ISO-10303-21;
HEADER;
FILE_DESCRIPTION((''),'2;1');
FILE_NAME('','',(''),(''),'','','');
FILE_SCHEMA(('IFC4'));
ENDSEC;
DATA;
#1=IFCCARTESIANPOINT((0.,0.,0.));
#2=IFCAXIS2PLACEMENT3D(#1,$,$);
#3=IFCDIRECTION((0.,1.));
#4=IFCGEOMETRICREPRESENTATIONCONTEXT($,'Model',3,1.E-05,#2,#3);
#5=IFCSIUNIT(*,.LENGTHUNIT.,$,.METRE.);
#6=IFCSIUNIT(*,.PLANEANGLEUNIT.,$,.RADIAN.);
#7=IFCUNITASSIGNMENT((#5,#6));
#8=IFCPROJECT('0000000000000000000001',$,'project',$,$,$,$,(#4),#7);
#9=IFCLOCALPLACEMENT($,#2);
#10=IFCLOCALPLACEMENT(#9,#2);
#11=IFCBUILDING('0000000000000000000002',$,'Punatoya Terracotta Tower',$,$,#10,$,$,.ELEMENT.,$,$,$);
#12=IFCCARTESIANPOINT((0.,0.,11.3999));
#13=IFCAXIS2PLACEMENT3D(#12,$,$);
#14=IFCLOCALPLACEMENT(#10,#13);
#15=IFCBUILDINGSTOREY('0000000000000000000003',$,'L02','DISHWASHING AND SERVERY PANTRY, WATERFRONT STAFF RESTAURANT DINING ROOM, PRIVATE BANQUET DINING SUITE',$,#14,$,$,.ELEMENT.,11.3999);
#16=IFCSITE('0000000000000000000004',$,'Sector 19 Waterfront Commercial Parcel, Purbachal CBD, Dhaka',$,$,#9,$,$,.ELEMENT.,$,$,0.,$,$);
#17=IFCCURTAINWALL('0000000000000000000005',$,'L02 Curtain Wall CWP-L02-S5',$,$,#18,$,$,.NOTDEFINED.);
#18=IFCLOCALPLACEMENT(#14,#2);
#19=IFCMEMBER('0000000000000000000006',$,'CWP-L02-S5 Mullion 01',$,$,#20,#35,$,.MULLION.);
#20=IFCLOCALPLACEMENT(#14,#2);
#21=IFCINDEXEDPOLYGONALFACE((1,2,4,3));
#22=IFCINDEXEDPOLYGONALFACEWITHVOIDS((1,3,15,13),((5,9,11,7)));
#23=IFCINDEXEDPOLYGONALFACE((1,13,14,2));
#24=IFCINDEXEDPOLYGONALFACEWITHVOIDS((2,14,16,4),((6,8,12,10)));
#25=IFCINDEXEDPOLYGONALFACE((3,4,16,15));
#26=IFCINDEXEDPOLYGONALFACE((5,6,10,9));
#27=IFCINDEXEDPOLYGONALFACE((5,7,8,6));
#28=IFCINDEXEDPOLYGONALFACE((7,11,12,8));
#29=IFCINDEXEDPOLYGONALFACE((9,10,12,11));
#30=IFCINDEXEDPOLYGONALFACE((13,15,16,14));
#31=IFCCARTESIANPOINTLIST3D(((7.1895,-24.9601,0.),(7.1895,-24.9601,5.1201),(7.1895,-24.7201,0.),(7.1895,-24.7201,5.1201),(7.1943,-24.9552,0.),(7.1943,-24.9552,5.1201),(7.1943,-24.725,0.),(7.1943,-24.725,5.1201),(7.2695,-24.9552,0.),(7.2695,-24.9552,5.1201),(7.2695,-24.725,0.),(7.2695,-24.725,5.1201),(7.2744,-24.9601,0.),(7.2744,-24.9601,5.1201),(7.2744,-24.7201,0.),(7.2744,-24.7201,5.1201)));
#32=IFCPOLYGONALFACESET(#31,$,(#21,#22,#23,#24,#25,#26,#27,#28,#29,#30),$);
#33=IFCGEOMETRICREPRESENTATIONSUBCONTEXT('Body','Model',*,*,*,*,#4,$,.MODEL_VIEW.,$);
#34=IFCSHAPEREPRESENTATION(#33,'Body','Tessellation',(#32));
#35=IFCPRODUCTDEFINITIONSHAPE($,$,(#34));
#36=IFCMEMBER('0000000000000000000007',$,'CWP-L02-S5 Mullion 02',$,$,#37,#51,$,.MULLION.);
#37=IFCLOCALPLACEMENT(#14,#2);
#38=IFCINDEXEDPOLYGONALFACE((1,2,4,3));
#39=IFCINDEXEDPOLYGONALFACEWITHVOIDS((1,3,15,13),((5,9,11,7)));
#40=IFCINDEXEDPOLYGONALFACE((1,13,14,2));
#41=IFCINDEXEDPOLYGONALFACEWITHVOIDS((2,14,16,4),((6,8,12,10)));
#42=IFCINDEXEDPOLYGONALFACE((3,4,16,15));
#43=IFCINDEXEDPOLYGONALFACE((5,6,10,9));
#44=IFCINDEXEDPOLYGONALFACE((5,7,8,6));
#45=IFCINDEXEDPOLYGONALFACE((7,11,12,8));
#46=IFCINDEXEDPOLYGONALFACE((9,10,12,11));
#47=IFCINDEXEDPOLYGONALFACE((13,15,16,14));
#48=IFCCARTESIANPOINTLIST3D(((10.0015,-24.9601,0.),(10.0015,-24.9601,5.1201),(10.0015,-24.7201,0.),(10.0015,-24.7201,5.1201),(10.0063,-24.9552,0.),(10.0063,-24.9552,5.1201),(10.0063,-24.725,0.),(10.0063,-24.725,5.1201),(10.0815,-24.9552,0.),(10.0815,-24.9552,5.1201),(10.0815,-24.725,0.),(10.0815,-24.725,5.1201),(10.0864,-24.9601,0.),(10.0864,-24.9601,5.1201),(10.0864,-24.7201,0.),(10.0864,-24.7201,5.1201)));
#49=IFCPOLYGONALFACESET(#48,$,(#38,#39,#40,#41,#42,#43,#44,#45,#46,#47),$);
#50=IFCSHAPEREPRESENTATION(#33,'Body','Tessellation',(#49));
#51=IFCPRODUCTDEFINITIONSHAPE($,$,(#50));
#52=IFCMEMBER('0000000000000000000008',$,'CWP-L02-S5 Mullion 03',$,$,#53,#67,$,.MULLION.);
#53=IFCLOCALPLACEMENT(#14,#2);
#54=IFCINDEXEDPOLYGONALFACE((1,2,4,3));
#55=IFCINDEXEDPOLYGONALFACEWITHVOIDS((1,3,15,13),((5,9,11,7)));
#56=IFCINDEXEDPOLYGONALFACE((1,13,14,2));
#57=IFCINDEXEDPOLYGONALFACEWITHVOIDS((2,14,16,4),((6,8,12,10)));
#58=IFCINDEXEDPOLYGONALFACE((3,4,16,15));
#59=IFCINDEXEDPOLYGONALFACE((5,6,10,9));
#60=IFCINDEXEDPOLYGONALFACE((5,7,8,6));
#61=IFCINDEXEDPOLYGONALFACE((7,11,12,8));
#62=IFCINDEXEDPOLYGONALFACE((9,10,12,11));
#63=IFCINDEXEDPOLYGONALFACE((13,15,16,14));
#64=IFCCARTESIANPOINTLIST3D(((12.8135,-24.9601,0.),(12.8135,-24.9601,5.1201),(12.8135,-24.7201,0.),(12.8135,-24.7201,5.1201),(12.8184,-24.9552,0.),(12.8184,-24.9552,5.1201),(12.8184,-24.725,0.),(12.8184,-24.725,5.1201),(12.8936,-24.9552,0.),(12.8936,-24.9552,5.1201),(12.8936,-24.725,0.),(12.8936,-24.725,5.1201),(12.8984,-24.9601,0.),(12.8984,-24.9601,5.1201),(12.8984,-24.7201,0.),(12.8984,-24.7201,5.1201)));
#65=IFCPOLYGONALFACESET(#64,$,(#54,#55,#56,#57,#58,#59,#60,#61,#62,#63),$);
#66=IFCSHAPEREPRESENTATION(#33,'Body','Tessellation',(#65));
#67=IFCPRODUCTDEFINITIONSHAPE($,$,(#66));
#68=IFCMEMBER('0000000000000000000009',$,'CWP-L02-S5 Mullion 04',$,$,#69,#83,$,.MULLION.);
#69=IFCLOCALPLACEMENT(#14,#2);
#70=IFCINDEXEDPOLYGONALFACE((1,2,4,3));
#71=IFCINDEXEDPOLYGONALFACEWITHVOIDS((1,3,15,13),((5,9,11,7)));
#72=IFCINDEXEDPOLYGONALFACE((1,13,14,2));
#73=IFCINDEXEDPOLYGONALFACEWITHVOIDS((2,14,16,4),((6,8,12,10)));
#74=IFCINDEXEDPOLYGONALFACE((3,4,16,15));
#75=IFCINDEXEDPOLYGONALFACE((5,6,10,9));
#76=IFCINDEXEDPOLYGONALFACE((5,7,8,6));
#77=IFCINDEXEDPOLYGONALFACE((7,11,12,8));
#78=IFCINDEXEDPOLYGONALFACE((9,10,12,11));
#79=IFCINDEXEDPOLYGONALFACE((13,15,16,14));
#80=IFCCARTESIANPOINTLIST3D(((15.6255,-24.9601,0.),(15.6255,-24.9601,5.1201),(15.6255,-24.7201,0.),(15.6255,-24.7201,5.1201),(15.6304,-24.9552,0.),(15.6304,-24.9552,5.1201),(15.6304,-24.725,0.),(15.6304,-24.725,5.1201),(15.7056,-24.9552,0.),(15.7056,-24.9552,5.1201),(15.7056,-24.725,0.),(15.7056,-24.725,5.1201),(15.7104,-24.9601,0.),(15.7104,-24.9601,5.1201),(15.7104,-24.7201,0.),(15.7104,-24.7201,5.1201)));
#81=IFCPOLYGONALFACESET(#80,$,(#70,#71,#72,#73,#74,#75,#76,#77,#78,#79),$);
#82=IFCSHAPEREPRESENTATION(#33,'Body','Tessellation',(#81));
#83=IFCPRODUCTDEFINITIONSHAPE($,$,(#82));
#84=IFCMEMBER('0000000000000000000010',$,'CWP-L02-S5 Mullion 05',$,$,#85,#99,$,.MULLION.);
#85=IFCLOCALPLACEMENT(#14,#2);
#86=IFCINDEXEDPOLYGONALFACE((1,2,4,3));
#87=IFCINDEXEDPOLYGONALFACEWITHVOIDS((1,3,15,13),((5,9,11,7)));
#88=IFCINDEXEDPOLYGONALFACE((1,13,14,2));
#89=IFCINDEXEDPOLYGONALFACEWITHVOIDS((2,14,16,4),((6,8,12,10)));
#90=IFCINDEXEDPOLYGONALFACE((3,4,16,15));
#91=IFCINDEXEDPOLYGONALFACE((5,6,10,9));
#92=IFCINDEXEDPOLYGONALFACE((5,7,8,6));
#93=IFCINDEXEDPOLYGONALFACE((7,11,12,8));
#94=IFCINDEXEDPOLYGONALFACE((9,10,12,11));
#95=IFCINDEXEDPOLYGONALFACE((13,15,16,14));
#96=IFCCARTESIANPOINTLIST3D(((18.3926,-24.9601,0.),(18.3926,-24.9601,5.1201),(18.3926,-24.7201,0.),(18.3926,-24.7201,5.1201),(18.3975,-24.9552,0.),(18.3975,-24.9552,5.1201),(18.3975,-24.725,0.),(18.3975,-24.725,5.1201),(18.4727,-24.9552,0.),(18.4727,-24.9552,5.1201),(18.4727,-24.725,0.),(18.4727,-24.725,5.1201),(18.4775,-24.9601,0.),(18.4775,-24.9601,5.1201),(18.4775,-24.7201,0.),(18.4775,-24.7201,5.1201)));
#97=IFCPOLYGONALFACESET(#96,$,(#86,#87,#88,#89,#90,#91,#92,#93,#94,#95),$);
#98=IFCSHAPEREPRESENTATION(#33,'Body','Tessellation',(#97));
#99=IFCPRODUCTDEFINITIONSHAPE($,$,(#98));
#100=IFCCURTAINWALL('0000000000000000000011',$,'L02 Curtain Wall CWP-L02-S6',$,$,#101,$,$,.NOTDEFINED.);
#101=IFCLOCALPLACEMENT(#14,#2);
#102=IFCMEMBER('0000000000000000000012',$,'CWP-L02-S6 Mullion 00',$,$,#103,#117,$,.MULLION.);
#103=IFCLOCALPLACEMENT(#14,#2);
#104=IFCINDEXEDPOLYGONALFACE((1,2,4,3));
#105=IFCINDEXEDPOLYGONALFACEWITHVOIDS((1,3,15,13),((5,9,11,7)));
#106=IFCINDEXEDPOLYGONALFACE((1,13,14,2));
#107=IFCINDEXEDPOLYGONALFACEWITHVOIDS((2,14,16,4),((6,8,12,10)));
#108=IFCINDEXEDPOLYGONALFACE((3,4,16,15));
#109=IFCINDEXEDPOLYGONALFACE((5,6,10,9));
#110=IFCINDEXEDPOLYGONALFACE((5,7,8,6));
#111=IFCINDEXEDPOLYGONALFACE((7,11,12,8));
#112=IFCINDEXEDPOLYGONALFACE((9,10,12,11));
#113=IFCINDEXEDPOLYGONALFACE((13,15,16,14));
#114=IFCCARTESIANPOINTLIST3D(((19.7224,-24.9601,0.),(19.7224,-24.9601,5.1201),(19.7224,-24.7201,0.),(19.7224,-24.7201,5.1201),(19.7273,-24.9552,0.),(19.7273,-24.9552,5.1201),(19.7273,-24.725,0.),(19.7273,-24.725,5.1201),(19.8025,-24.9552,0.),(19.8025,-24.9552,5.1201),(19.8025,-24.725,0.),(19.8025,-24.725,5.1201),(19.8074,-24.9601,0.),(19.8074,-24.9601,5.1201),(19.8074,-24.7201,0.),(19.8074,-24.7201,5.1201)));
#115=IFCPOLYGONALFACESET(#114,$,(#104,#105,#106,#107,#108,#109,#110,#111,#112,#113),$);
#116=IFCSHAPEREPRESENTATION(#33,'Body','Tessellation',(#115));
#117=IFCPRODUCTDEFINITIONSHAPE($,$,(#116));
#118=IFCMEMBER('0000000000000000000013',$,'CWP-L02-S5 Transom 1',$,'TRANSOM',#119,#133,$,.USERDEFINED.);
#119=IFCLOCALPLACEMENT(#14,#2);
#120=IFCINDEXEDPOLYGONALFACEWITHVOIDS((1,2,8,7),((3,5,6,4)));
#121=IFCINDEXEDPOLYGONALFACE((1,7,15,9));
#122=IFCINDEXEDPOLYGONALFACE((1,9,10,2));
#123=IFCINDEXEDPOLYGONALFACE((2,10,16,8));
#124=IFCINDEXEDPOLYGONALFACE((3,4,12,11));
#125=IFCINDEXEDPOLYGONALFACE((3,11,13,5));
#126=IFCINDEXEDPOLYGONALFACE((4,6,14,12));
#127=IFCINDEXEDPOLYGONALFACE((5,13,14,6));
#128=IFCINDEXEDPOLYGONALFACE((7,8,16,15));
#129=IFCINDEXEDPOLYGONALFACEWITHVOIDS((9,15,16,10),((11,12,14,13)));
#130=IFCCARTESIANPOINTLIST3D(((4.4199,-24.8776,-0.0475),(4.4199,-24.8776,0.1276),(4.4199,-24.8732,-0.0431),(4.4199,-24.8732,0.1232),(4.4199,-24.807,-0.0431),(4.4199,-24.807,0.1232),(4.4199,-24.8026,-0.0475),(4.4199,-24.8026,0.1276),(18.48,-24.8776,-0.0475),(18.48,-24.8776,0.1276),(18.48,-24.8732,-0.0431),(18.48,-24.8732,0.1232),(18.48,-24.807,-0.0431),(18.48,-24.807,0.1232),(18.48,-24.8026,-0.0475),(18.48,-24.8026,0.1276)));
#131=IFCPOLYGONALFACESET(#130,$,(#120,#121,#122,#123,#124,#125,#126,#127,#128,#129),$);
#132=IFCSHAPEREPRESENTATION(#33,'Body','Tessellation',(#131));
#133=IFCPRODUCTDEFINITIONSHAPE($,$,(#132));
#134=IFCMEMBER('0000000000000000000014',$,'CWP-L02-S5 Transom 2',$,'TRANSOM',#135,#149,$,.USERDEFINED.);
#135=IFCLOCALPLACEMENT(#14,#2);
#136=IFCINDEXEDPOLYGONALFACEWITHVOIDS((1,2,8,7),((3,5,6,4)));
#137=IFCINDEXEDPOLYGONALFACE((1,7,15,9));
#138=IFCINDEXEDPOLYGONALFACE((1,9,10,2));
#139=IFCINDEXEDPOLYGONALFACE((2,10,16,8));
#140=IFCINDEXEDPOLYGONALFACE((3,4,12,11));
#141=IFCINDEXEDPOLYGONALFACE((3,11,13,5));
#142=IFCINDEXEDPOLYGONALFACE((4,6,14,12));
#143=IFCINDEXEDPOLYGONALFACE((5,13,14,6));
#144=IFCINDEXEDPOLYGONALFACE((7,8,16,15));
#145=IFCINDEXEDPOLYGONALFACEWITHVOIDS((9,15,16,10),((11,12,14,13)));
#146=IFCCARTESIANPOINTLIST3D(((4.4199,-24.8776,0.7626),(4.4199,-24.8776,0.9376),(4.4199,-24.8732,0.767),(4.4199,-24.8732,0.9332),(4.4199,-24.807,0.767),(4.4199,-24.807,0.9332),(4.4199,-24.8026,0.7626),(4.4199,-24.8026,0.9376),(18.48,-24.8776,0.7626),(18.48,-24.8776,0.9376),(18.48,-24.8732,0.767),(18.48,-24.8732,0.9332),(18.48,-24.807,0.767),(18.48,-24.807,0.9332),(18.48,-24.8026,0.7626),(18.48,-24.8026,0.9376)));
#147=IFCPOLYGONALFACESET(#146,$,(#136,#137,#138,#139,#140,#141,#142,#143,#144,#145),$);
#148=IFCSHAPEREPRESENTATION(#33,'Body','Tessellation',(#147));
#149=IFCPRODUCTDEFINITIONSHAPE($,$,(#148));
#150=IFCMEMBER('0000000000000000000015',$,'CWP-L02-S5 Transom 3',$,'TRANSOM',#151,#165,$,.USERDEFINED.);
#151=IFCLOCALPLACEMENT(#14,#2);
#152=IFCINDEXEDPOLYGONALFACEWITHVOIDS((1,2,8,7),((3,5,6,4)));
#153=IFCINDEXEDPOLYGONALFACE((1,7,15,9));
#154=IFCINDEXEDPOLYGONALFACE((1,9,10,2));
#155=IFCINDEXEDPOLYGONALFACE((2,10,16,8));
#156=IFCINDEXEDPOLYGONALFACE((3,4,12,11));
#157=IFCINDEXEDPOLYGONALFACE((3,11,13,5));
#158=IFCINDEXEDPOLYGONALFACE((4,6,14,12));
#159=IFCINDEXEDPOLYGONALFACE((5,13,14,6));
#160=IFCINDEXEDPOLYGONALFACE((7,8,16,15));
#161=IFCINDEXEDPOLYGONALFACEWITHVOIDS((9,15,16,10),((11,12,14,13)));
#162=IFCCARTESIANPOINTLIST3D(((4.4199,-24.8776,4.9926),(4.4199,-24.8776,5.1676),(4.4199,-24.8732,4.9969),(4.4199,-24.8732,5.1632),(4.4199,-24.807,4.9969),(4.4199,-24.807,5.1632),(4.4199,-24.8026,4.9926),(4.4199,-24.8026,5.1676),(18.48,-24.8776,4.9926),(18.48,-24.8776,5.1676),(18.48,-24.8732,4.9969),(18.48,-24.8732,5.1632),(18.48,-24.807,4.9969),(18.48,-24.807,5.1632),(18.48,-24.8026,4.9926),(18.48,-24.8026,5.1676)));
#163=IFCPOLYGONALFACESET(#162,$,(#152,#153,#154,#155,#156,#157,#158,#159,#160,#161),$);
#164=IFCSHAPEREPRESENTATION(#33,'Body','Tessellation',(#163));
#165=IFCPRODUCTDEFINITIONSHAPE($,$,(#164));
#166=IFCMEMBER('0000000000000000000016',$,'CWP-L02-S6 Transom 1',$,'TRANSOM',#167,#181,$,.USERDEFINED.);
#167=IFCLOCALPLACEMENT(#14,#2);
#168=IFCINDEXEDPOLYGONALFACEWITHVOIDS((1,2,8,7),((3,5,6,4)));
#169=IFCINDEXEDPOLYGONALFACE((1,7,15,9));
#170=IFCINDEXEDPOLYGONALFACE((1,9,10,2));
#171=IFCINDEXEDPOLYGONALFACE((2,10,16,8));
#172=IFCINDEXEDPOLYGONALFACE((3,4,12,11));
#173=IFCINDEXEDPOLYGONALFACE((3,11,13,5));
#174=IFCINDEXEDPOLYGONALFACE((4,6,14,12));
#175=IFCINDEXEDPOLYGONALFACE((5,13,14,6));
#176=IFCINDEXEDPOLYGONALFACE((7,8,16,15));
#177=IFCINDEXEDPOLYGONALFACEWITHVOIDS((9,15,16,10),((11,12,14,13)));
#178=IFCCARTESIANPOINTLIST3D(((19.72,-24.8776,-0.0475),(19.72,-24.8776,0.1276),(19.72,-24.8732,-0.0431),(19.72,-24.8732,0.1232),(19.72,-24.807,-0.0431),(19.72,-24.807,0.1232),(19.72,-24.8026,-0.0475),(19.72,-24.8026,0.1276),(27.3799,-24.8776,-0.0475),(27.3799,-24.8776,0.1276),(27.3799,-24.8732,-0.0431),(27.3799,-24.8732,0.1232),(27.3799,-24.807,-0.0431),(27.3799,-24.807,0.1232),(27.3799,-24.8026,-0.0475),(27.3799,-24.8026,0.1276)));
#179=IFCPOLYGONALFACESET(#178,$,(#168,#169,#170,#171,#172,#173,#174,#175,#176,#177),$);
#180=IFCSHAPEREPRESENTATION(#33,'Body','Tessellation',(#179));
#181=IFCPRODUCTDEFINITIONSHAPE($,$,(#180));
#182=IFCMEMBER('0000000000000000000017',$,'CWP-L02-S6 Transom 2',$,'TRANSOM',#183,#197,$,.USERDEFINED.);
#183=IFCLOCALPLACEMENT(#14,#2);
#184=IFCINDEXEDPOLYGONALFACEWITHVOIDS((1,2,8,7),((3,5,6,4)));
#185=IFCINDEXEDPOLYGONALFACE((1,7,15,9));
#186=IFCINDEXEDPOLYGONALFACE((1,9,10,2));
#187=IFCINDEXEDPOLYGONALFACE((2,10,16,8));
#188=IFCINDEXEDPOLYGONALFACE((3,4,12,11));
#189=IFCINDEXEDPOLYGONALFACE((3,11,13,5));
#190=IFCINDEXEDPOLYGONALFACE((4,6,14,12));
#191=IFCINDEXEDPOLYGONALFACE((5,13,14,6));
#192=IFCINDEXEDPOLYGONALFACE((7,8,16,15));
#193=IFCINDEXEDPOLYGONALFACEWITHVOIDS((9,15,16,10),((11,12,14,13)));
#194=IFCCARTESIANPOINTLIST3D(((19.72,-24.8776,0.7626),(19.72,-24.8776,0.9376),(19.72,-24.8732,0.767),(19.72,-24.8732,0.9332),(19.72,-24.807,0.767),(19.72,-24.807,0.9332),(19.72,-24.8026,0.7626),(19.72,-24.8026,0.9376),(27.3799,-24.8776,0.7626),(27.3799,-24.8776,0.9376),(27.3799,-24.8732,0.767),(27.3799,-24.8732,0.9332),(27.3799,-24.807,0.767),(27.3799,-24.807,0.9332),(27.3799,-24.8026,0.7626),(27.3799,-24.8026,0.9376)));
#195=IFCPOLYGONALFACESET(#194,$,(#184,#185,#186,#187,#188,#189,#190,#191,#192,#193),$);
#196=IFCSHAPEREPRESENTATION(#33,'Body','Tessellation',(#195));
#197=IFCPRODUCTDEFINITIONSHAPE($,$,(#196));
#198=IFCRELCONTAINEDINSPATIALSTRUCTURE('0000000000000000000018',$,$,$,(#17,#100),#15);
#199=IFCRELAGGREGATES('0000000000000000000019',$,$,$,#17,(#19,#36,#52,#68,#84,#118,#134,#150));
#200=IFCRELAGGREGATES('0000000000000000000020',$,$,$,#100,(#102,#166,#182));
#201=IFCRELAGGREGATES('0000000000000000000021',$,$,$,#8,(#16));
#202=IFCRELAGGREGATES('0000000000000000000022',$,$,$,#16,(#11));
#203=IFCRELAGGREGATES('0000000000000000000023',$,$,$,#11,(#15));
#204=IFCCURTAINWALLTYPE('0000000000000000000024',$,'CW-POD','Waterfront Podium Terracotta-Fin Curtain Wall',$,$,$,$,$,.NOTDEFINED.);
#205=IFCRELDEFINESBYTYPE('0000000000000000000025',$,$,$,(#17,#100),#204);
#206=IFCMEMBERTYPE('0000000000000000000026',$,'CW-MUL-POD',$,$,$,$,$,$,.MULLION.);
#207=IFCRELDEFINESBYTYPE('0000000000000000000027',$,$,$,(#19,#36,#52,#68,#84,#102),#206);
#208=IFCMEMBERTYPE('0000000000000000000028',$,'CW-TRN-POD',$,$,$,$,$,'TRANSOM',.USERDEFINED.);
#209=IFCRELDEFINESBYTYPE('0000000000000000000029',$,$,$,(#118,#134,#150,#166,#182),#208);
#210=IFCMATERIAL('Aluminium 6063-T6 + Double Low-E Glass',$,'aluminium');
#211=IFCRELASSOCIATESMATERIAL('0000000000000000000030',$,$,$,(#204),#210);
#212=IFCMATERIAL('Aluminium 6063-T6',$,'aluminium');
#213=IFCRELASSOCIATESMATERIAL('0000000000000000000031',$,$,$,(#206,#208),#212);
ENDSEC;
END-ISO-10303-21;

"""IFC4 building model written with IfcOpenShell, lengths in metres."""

from ifc_helpers import new_model, si_unit, direction, frame, origin, origin_2d, place, context, subcontext, project, spatial, hollow_rectangle, extrude, material, material_profile, profile_set, type_object, element, aggregate, save


model = new_model("IFC4")

# Units and contexts
model_context = context("Model", 3, precision=1e-05, world=origin(), true_north=direction((0.0, 1.0)))
body_context = subcontext(model_context, "Body", "Model", "MODEL_VIEW")
ifc_project = project(units=[si_unit("LENGTHUNIT", "METRE"), si_unit("PLANEANGLEUNIT", "RADIAN")], contexts=[model_context])

# Site, building, storey
site_placement = place(None, origin())
site = spatial("IfcSite", under=ifc_project, at=site_placement, Name="Sector 19 Waterfront Commercial Parcel, Purbachal CBD, Dhaka", CompositionType="ELEMENT", RefElevation=0.0)
building_placement = place(site_placement, origin())
building = spatial("IfcBuilding", under=site, at=building_placement, Name="Punatoya Terracotta Tower", CompositionType="ELEMENT")
storey_placement = place(building_placement, frame((0.0, 0.0, 11.3999)))
storey = spatial("IfcBuildingStorey", under=building, at=storey_placement, Name="L02", Description="DISHWASHING AND SERVERY PANTRY, WATERFRONT STAFF RESTAURANT DINING ROOM, PRIVATE BANQUET DINING SUITE", CompositionType="ELEMENT", Elevation=11.3999)

# Shared definitions
ifc_material_1 = material(Name="Aluminium 6063-T6 + Double Low-E Glass", Category="aluminium")
curtain_wall_type = type_object("IfcCurtainWallType", Name="CW-POD", Description="Waterfront Podium Terracotta-Fin Curtain Wall", PredefinedType="NOTDEFINED", material=ifc_material_1)
ifc_material_2 = material(Name="Aluminium 6063-T6", Category="aluminium")
ifc_material_profile_1 = material_profile(ifc_material_2, hollow_rectangle(XDim=0.085, YDim=0.24, WallThickness=0.0049, at=origin_2d()))
ifc_profile_set_1 = profile_set([ifc_material_profile_1], Name="Aluminium 6063-T6")
member_type_1 = type_object("IfcMemberType", Name="CW-MUL-POD", PredefinedType="MULLION", material=ifc_profile_set_1)

# Curtain wall, members
curtain_wall_1_placement = place(storey_placement, origin())
curtain_wall_1 = element("IfcCurtainWall", 1, at=curtain_wall_1_placement, inside=storey, type_object=curtain_wall_type, Name="L02 Curtain Wall CWP-L02-S5", PredefinedType="NOTDEFINED")
member_1_placement = place(storey_placement, frame((7.2319, -24.8401, 0.0), z_axis=(0.0, 0.0, 1.0), x_axis=(1.0, 0.0, 0.0)))
member_1 = element("IfcMember", 2, at=member_1_placement, type_object=member_type_1, Name="CWP-L02-S5 Mullion 01", PredefinedType="MULLION", context=body_context, shape_type="SweptSolid", body=[
    extrude(hollow_rectangle(XDim=0.085, YDim=0.24, WallThickness=0.0049, at=origin_2d()), origin(), (0.0, 0.0, 1.0), 5.1201),
])
member_2_placement = place(storey_placement, frame((10.0439, -24.8401, 0.0), z_axis=(0.0, 0.0, 1.0), x_axis=(1.0, 0.0, 0.0)))
member_2 = element("IfcMember", 3, at=member_2_placement, type_object=member_type_1, Name="CWP-L02-S5 Mullion 02", PredefinedType="MULLION", context=body_context, shape_type="SweptSolid", body=[
    extrude(hollow_rectangle(XDim=0.085, YDim=0.24, WallThickness=0.0049, at=origin_2d()), origin(), (0.0, 0.0, 1.0), 5.1201),
])
member_3_placement = place(storey_placement, frame((12.856, -24.8401, 0.0), z_axis=(0.0, 0.0, 1.0), x_axis=(1.0, 0.0, 0.0)))
member_3 = element("IfcMember", 4, at=member_3_placement, type_object=member_type_1, Name="CWP-L02-S5 Mullion 03", PredefinedType="MULLION", context=body_context, shape_type="SweptSolid", body=[
    extrude(hollow_rectangle(XDim=0.085, YDim=0.24, WallThickness=0.0049, at=origin_2d()), origin(), (0.0, 0.0, 1.0), 5.1201),
])
member_4_placement = place(storey_placement, frame((15.668, -24.8401, 0.0), z_axis=(0.0, 0.0, 1.0), x_axis=(1.0, 0.0, 0.0)))
member_4 = element("IfcMember", 5, at=member_4_placement, type_object=member_type_1, Name="CWP-L02-S5 Mullion 04", PredefinedType="MULLION", context=body_context, shape_type="SweptSolid", body=[
    extrude(hollow_rectangle(XDim=0.085, YDim=0.24, WallThickness=0.0049, at=origin_2d()), origin(), (0.0, 0.0, 1.0), 5.1201),
])
member_5_placement = place(storey_placement, frame((18.4351, -24.8401, 0.0), z_axis=(0.0, 0.0, 1.0), x_axis=(1.0, 0.0, 0.0)))
member_5 = element("IfcMember", 6, at=member_5_placement, type_object=member_type_1, Name="CWP-L02-S5 Mullion 05", PredefinedType="MULLION", context=body_context, shape_type="SweptSolid", body=[
    extrude(hollow_rectangle(XDim=0.085, YDim=0.24, WallThickness=0.0049, at=origin_2d()), origin(), (0.0, 0.0, 1.0), 5.1201),
])

# Curtain wall, member
curtain_wall_2_placement = place(storey_placement, origin())
curtain_wall_2 = element("IfcCurtainWall", 7, at=curtain_wall_2_placement, inside=storey, type_object=curtain_wall_type, Name="L02 Curtain Wall CWP-L02-S6", PredefinedType="NOTDEFINED")
member_6_placement = place(storey_placement, frame((19.7649, -24.8401, 0.0), z_axis=(0.0, 0.0, 1.0), x_axis=(1.0, 0.0, 0.0)))
member_6 = element("IfcMember", 8, at=member_6_placement, type_object=member_type_1, Name="CWP-L02-S6 Mullion 00", PredefinedType="MULLION", context=body_context, shape_type="SweptSolid", body=[
    extrude(hollow_rectangle(XDim=0.085, YDim=0.24, WallThickness=0.0049, at=origin_2d()), origin(), (0.0, 0.0, 1.0), 5.1201),
])

# Members
ifc_material_profile_2 = material_profile(ifc_material_2, hollow_rectangle(XDim=0.075, YDim=0.175, WallThickness=0.0044, at=origin_2d()))
ifc_profile_set_2 = profile_set([ifc_material_profile_2], Name="Aluminium 6063-T6")
member_type_2 = type_object("IfcMemberType", Name="CW-TRN-POD", ElementType="TRANSOM", PredefinedType="USERDEFINED", material=ifc_profile_set_2)
member_7_placement = place(storey_placement, frame((4.4199, -24.8401, 0.04), z_axis=(1.0, 0.0, 0.0), x_axis=(0.0, 1.0, 0.0)))
member_7 = element("IfcMember", 9, at=member_7_placement, type_object=member_type_2, Name="CWP-L02-S5 Transom 1", ObjectType="TRANSOM", PredefinedType="USERDEFINED", context=body_context, shape_type="SweptSolid", body=[
    extrude(hollow_rectangle(XDim=0.075, YDim=0.175, WallThickness=0.0044, at=origin_2d()), origin(), (0.0, 0.0, 1.0), 14.0601),
])
member_8_placement = place(storey_placement, frame((4.4199, -24.8401, 0.8501), z_axis=(1.0, 0.0, 0.0), x_axis=(0.0, 1.0, 0.0)))
member_8 = element("IfcMember", 10, at=member_8_placement, type_object=member_type_2, Name="CWP-L02-S5 Transom 2", ObjectType="TRANSOM", PredefinedType="USERDEFINED", context=body_context, shape_type="SweptSolid", body=[
    extrude(hollow_rectangle(XDim=0.075, YDim=0.175, WallThickness=0.0044, at=origin_2d()), origin(), (0.0, 0.0, 1.0), 14.0601),
])
member_9_placement = place(storey_placement, frame((4.4199, -24.8401, 5.0801), z_axis=(1.0, 0.0, 0.0), x_axis=(0.0, 1.0, 0.0)))
member_9 = element("IfcMember", 11, at=member_9_placement, type_object=member_type_2, Name="CWP-L02-S5 Transom 3", ObjectType="TRANSOM", PredefinedType="USERDEFINED", context=body_context, shape_type="SweptSolid", body=[
    extrude(hollow_rectangle(XDim=0.075, YDim=0.175, WallThickness=0.0044, at=origin_2d()), origin(), (0.0, 0.0, 1.0), 14.0601),
])
member_10_placement = place(storey_placement, frame((19.72, -24.8401, 0.04), z_axis=(1.0, 0.0, 0.0), x_axis=(0.0, 1.0, 0.0)))
member_10 = element("IfcMember", 12, at=member_10_placement, type_object=member_type_2, Name="CWP-L02-S6 Transom 1", ObjectType="TRANSOM", PredefinedType="USERDEFINED", context=body_context, shape_type="SweptSolid", body=[
    extrude(hollow_rectangle(XDim=0.075, YDim=0.175, WallThickness=0.0044, at=origin_2d()), origin(), (0.0, 0.0, 1.0), 7.6599),
])
member_11_placement = place(storey_placement, frame((19.72, -24.8401, 0.8501), z_axis=(1.0, 0.0, 0.0), x_axis=(0.0, 1.0, 0.0)))
member_11 = element("IfcMember", 13, at=member_11_placement, type_object=member_type_2, Name="CWP-L02-S6 Transom 2", ObjectType="TRANSOM", PredefinedType="USERDEFINED", context=body_context, shape_type="SweptSolid", body=[
    extrude(hollow_rectangle(XDim=0.075, YDim=0.175, WallThickness=0.0044, at=origin_2d()), origin(), (0.0, 0.0, 1.0), 7.6599),
])

aggregate(curtain_wall_1, [member_1, member_2, member_3, member_4, member_5, member_7, member_8, member_9])
aggregate(curtain_wall_2, [member_6, member_10, member_11])

save(model, "model.ifc")
